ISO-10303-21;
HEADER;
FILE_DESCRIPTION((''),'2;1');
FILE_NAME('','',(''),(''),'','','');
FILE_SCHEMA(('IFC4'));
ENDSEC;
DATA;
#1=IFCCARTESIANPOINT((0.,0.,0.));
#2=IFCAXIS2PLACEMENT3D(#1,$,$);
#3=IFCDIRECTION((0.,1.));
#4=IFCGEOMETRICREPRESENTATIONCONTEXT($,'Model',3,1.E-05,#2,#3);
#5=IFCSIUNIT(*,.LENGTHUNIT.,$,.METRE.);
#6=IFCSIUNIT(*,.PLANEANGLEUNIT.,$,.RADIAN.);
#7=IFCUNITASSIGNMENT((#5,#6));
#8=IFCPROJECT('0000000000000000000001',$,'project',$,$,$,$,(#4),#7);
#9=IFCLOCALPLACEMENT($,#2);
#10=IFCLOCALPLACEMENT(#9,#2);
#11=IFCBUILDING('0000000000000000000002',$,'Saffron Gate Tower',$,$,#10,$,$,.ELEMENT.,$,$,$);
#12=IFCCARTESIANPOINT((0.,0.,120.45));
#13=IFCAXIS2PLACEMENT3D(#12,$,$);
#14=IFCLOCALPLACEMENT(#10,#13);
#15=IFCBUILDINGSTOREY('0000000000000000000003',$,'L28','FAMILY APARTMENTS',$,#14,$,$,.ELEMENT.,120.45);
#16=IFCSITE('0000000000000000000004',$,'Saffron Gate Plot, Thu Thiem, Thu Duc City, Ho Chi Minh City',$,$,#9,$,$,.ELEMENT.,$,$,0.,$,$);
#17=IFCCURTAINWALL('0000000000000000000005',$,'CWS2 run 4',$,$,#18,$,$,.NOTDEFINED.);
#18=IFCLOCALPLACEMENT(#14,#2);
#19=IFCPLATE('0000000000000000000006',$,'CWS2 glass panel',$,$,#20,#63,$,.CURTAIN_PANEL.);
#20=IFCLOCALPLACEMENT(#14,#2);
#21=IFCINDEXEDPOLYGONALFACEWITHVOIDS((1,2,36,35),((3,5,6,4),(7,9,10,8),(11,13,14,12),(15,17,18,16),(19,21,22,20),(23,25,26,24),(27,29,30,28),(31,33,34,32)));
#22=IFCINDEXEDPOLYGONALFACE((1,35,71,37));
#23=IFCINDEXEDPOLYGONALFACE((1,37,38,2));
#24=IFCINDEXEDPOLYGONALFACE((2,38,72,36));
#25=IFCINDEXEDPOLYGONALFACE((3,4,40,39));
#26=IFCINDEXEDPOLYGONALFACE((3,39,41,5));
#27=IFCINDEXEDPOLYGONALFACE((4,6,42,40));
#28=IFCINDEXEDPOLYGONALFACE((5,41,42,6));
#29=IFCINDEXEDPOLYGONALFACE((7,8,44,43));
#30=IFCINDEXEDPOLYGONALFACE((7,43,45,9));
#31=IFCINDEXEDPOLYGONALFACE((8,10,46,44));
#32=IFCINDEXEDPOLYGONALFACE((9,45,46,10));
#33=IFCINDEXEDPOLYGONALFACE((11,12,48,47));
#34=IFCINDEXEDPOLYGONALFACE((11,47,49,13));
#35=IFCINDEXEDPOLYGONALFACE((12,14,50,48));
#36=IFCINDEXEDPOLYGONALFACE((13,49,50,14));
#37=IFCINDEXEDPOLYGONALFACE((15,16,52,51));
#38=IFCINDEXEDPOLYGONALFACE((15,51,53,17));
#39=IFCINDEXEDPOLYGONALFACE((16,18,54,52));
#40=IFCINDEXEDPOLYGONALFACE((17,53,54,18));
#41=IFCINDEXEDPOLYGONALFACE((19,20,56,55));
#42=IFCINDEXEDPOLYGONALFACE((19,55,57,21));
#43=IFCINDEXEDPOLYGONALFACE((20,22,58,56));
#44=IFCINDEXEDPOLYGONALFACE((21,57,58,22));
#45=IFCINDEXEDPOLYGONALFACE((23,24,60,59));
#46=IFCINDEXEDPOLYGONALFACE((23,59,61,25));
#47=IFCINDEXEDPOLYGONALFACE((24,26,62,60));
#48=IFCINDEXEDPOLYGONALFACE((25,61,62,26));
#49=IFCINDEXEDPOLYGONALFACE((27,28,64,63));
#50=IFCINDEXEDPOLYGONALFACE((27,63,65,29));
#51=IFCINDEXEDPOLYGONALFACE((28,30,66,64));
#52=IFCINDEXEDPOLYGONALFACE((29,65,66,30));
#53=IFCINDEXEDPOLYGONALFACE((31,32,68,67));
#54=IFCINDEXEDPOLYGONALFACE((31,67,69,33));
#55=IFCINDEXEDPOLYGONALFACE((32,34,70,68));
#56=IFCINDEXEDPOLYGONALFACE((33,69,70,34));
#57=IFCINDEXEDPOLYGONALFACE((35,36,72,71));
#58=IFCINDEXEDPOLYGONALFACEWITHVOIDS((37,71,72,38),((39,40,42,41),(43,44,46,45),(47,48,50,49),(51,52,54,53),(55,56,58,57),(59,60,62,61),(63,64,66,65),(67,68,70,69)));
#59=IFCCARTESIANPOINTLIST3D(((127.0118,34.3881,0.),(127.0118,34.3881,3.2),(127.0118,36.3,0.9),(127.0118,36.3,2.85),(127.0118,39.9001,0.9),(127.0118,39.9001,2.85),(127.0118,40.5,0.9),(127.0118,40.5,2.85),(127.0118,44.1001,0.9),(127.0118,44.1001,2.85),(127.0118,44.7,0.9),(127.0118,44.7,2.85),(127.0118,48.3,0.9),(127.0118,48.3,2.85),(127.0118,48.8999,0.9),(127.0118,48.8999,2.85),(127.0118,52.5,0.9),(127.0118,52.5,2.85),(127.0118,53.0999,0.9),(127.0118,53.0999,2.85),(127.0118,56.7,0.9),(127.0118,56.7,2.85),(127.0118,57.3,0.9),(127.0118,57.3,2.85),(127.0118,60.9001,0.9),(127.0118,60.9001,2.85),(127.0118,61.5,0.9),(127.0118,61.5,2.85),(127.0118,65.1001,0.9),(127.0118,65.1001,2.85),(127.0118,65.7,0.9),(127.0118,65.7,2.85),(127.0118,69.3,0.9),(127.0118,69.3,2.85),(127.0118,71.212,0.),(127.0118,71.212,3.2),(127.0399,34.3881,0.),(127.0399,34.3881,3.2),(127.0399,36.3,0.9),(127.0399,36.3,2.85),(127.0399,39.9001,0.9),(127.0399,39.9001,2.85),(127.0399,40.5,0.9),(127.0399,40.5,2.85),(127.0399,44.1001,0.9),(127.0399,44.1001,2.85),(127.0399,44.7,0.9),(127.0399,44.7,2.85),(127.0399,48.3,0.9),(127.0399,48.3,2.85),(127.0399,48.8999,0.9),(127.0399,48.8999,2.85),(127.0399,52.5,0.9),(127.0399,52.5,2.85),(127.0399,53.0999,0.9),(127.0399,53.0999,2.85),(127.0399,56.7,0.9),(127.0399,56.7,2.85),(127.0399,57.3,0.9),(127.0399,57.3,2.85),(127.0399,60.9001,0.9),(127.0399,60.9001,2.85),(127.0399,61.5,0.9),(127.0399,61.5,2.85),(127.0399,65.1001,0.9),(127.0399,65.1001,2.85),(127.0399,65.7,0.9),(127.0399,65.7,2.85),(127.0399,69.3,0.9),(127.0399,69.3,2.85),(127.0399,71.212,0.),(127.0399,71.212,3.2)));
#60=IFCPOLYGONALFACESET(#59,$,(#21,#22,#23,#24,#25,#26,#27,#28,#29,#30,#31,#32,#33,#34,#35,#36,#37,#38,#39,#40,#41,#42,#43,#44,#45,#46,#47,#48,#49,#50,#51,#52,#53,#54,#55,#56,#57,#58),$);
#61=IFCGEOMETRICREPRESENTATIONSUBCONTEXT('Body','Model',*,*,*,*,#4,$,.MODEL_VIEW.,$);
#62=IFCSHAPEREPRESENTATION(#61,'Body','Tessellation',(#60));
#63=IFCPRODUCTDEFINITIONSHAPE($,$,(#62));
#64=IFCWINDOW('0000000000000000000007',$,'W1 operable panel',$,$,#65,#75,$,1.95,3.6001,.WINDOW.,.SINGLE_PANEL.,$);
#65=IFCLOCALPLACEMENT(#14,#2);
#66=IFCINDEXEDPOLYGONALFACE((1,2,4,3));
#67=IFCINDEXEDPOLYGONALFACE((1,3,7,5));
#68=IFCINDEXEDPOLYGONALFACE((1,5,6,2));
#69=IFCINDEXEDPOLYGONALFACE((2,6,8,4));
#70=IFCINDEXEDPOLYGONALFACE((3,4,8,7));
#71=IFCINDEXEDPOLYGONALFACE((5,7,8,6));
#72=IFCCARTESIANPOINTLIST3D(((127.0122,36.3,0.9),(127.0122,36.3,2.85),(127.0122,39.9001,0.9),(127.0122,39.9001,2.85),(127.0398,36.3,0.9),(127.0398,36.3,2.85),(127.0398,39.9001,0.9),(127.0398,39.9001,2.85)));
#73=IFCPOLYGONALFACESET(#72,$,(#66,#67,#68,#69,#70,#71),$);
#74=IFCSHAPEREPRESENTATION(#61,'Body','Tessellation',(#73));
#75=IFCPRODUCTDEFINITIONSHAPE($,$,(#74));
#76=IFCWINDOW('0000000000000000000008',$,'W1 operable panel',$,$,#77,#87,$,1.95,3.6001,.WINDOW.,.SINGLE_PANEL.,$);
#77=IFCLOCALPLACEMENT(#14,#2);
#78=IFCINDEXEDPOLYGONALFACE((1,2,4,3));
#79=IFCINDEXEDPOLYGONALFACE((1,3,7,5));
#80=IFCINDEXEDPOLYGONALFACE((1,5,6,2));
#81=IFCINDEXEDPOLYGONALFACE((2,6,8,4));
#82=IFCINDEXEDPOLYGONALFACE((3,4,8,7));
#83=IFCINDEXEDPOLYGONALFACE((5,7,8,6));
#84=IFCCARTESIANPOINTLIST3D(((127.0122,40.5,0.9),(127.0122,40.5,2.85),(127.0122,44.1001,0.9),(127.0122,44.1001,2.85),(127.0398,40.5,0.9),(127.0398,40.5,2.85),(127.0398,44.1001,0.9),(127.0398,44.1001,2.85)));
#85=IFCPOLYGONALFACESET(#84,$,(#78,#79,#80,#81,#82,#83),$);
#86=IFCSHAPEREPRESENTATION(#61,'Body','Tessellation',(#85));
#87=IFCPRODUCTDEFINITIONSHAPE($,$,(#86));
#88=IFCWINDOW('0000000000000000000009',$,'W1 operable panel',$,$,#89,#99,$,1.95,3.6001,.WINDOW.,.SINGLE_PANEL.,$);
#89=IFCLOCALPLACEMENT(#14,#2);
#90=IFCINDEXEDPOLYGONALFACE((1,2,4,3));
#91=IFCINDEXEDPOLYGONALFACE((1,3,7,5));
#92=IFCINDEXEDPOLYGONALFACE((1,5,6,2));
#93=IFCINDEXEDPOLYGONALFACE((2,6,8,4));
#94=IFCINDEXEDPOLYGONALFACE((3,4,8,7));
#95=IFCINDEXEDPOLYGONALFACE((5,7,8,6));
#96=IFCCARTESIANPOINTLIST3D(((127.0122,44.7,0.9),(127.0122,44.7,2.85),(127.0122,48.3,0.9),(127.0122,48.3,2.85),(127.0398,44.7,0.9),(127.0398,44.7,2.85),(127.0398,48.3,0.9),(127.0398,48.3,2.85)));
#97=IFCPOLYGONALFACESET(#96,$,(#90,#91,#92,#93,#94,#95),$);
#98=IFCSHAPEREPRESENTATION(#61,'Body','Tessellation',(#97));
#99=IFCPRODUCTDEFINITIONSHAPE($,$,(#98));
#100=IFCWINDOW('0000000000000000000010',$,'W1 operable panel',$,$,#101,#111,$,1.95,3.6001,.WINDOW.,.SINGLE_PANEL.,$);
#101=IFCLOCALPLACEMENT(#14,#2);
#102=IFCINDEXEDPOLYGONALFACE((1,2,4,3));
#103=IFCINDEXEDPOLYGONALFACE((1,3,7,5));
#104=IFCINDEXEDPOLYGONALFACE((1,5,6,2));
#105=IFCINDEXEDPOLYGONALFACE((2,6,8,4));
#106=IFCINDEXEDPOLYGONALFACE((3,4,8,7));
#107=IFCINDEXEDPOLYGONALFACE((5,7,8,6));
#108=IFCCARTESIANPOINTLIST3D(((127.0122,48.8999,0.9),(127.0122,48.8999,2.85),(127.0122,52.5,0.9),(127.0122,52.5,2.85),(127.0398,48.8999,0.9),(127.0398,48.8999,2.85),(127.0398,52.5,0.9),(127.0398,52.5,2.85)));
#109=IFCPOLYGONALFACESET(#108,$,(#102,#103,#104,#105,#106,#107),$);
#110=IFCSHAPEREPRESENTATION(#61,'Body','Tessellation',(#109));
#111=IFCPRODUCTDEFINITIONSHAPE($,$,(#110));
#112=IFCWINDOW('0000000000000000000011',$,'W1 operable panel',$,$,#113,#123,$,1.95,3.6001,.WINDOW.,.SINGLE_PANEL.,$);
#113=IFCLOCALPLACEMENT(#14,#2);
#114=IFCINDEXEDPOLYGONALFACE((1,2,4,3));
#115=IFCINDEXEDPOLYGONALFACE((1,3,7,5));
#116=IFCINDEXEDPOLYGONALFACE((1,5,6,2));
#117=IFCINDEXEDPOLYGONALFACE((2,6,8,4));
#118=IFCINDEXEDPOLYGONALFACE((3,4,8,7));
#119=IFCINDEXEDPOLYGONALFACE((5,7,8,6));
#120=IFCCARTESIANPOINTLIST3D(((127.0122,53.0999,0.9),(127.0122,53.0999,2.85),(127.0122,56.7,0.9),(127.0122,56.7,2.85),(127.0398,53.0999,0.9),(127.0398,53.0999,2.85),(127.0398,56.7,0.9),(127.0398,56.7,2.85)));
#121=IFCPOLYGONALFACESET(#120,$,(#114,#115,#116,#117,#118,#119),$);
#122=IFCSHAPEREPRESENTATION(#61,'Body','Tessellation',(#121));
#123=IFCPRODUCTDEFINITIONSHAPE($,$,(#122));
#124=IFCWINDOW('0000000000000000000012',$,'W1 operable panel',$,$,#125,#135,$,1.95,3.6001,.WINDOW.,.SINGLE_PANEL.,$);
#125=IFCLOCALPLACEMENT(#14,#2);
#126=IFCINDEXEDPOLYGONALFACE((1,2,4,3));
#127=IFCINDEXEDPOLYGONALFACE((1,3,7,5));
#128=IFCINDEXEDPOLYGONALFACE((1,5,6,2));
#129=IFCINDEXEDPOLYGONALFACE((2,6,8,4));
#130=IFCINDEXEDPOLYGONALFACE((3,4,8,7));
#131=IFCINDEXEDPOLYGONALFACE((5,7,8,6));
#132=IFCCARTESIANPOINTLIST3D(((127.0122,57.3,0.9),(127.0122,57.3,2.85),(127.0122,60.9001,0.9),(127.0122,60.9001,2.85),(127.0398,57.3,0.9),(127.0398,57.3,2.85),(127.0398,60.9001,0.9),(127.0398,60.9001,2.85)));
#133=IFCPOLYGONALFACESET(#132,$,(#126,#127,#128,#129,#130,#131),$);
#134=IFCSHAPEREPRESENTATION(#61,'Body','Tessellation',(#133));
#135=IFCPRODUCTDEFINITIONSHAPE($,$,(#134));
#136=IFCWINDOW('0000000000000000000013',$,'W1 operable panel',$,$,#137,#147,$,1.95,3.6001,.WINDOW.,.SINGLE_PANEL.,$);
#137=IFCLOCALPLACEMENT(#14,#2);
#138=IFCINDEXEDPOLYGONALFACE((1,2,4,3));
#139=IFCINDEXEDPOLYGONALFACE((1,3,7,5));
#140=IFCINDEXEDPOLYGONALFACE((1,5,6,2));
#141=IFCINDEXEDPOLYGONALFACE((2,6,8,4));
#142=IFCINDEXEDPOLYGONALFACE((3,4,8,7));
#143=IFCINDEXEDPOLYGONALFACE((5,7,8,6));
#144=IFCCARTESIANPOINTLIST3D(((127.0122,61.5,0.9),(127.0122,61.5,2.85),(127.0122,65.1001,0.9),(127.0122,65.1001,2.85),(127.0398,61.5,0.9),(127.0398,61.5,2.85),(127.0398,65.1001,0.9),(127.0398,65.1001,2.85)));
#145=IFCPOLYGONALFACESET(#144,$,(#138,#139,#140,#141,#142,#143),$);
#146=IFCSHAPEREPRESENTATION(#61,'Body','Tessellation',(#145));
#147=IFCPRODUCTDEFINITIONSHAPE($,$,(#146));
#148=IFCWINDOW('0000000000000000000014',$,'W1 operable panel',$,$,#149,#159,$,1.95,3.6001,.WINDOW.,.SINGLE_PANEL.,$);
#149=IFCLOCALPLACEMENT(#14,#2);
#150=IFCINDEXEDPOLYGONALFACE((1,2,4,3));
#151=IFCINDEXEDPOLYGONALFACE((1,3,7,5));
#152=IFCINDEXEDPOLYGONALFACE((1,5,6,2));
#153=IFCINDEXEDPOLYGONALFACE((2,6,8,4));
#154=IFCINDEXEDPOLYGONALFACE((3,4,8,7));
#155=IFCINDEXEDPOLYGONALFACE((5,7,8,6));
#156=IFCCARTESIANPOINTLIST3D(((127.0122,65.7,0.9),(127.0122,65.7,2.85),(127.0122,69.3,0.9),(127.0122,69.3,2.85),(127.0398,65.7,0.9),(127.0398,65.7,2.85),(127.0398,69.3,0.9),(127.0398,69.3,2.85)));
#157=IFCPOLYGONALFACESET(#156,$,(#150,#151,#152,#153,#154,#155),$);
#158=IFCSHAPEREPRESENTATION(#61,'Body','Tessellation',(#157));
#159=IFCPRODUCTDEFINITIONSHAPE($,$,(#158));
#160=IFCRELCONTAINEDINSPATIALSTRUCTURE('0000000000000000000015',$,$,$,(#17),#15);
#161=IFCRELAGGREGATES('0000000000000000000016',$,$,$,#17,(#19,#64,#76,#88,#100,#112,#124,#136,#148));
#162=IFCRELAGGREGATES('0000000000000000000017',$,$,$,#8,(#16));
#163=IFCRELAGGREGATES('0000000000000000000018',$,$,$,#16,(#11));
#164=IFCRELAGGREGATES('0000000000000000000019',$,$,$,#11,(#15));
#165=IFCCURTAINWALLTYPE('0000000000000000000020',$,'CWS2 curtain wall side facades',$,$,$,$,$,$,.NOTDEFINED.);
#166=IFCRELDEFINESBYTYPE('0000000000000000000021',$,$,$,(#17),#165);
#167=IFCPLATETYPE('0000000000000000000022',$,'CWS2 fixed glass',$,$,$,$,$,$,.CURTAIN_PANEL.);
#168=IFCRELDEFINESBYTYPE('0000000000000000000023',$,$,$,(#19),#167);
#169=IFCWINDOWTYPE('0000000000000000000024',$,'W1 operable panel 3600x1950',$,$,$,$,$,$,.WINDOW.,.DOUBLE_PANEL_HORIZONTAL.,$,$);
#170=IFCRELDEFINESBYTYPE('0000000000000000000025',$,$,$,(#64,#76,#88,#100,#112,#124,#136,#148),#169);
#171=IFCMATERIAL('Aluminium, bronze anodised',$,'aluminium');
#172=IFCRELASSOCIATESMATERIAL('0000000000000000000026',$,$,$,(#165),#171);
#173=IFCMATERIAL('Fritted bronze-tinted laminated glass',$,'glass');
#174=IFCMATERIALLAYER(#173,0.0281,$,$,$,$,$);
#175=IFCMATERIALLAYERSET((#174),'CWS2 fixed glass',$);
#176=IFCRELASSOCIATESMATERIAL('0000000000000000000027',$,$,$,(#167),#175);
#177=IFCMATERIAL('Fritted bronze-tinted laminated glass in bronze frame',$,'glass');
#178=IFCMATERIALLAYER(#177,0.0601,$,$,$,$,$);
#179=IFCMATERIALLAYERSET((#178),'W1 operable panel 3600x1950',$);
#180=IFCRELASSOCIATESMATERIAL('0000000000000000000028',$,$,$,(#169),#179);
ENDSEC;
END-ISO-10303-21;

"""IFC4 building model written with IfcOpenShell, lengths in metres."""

from ifc_helpers import new_model, si_unit, direction, frame, frame_2d, origin, place, context, subcontext, project, spatial, rectangle, extrude, material, layer, layer_set, type_object, element, fill, aggregate, save


model = new_model("IFC4")

# Units and contexts
model_context = context("Model", 3, precision=1e-05, world=origin(), true_north=direction((0.0, 1.0)))
body_context = subcontext(model_context, "Body", "Model", "MODEL_VIEW")
ifc_project = project(units=[si_unit("LENGTHUNIT", "METRE"), si_unit("PLANEANGLEUNIT", "RADIAN")], contexts=[model_context])

# Site, building, storey
site_placement = place(None, origin())
site = spatial("IfcSite", under=ifc_project, at=site_placement, Name="Saffron Gate Plot, Thu Thiem, Thu Duc City, Ho Chi Minh City", CompositionType="ELEMENT", RefElevation=0.0)
building_placement = place(site_placement, origin())
building = spatial("IfcBuilding", under=site, at=building_placement, Name="Saffron Gate Tower", CompositionType="ELEMENT")
storey_placement = place(building_placement, frame((0.0, 0.0, 120.45)))
storey = spatial("IfcBuildingStorey", under=building, at=storey_placement, Name="L28", Description="FAMILY APARTMENTS", CompositionType="ELEMENT", Elevation=120.45)

# Curtain wall
ifc_material_1 = material(Name="Aluminium, bronze anodised", Category="aluminium")
curtain_wall_type_1 = type_object("IfcCurtainWallType", Name="CWS2 curtain wall side facades", PredefinedType="NOTDEFINED", material=ifc_material_1)
curtain_wall_1_placement = place(storey_placement, origin())
curtain_wall_1 = element("IfcCurtainWall", 1, at=curtain_wall_1_placement, inside=storey, type_object=curtain_wall_type_1, Name="CWS2 run 4", PredefinedType="NOTDEFINED")

# Plate, openings, windows
ifc_material_2 = material(Name="Fritted bronze-tinted laminated glass", Category="glass")
ifc_layer_1 = layer(ifc_material_2, 0.0281)
ifc_layer_set_1 = layer_set([ifc_layer_1], Name="CWS2 fixed glass")
plate_type_1 = type_object("IfcPlateType", Name="CWS2 fixed glass", PredefinedType="CURTAIN_PANEL", material=ifc_layer_set_1)
plate_1_placement = place(storey_placement, frame((127.0259, 34.3879, 0.0), z_axis=(0.0, 0.0, 1.0), x_axis=(0.0, 1.0, 0.0)))
plate_1 = element("IfcPlate", 2, at=plate_1_placement, type_object=plate_type_1, Name="CWS2 glass panel", PredefinedType="CURTAIN_PANEL", context=body_context, shape_type="SweptSolid", body=[
    extrude(rectangle(XDim=36.824, YDim=0.0281, at=frame_2d((18.4121, 0.0))), origin(), (0.0, 0.0, 1.0), 3.2),
])
opening_1_placement = place(plate_1_placement, frame((1.9121, 0.0, 0.8999)))
opening_1 = element("IfcOpeningElement", 3, at=opening_1_placement, cuts=plate_1, PredefinedType="OPENING", context=body_context, shape_type="SweptSolid", body=[
    extrude(rectangle(XDim=3.6001, YDim=1.95, at=frame_2d((1.8, 0.9751))), frame((0.0, 0.0239, 0.0), z_axis=(0.0, -1.0, 0.0), x_axis=(1.0, 0.0, 0.0)), (0.0, 0.0, 1.0), 0.0481),
])
opening_2_placement = place(plate_1_placement, frame((6.1121, 0.0, 0.8999)))
opening_2 = element("IfcOpeningElement", 4, at=opening_2_placement, cuts=plate_1, PredefinedType="OPENING", context=body_context, shape_type="SweptSolid", body=[
    extrude(rectangle(XDim=3.6001, YDim=1.95, at=frame_2d((1.8, 0.9751))), frame((0.0, 0.0239, 0.0), z_axis=(0.0, -1.0, 0.0), x_axis=(1.0, 0.0, 0.0)), (0.0, 0.0, 1.0), 0.0481),
])
opening_3_placement = place(plate_1_placement, frame((10.312, 0.0, 0.8999)))
opening_3 = element("IfcOpeningElement", 5, at=opening_3_placement, cuts=plate_1, PredefinedType="OPENING", context=body_context, shape_type="SweptSolid", body=[
    extrude(rectangle(XDim=3.6001, YDim=1.95, at=frame_2d((1.8, 0.9751))), frame((0.0, 0.0239, 0.0), z_axis=(0.0, -1.0, 0.0), x_axis=(1.0, 0.0, 0.0)), (0.0, 0.0, 1.0), 0.0481),
])
opening_4_placement = place(plate_1_placement, frame((14.512, 0.0, 0.8999)))
opening_4 = element("IfcOpeningElement", 6, at=opening_4_placement, cuts=plate_1, PredefinedType="OPENING", context=body_context, shape_type="SweptSolid", body=[
    extrude(rectangle(XDim=3.6001, YDim=1.95, at=frame_2d((1.8, 0.9751))), frame((0.0, 0.0239, 0.0), z_axis=(0.0, -1.0, 0.0), x_axis=(1.0, 0.0, 0.0)), (0.0, 0.0, 1.0), 0.0481),
])
opening_5_placement = place(plate_1_placement, frame((18.7119, 0.0, 0.8999)))
opening_5 = element("IfcOpeningElement", 7, at=opening_5_placement, cuts=plate_1, PredefinedType="OPENING", context=body_context, shape_type="SweptSolid", body=[
    extrude(rectangle(XDim=3.6001, YDim=1.95, at=frame_2d((1.8, 0.9751))), frame((0.0, 0.0239, 0.0), z_axis=(0.0, -1.0, 0.0), x_axis=(1.0, 0.0, 0.0)), (0.0, 0.0, 1.0), 0.0481),
])
opening_6_placement = place(plate_1_placement, frame((22.9121, 0.0, 0.8999)))
opening_6 = element("IfcOpeningElement", 8, at=opening_6_placement, cuts=plate_1, PredefinedType="OPENING", context=body_context, shape_type="SweptSolid", body=[
    extrude(rectangle(XDim=3.6001, YDim=1.95, at=frame_2d((1.8, 0.9751))), frame((0.0, 0.0239, 0.0), z_axis=(0.0, -1.0, 0.0), x_axis=(1.0, 0.0, 0.0)), (0.0, 0.0, 1.0), 0.0481),
])
opening_7_placement = place(plate_1_placement, frame((27.1121, 0.0, 0.8999)))
opening_7 = element("IfcOpeningElement", 9, at=opening_7_placement, cuts=plate_1, PredefinedType="OPENING", context=body_context, shape_type="SweptSolid", body=[
    extrude(rectangle(XDim=3.6001, YDim=1.95, at=frame_2d((1.8, 0.9751))), frame((0.0, 0.0239, 0.0), z_axis=(0.0, -1.0, 0.0), x_axis=(1.0, 0.0, 0.0)), (0.0, 0.0, 1.0), 0.0481),
])
opening_8_placement = place(plate_1_placement, frame((31.312, 0.0, 0.8999)))
opening_8 = element("IfcOpeningElement", 10, at=opening_8_placement, cuts=plate_1, PredefinedType="OPENING", context=body_context, shape_type="SweptSolid", body=[
    extrude(rectangle(XDim=3.6001, YDim=1.95, at=frame_2d((1.8, 0.9751))), frame((0.0, 0.0239, 0.0), z_axis=(0.0, -1.0, 0.0), x_axis=(1.0, 0.0, 0.0)), (0.0, 0.0, 1.0), 0.0481),
])
ifc_material_3 = material(Name="Fritted bronze-tinted laminated glass in bronze frame", Category="glass")
ifc_layer_2 = layer(ifc_material_3, 0.0601)
ifc_layer_set_2 = layer_set([ifc_layer_2], Name="W1 operable panel 3600x1950")
window_type = type_object("IfcWindowType", Name="W1 operable panel 3600x1950", PartitioningType="DOUBLE_PANEL_HORIZONTAL", PredefinedType="WINDOW", material=ifc_layer_set_2)
window_1_placement = place(opening_1_placement, origin())
window_1 = element("IfcWindow", 11, at=window_1_placement, type_object=window_type, Name="W1 operable panel", OverallHeight=1.95, OverallWidth=3.6001, PartitioningType="SINGLE_PANEL", PredefinedType="WINDOW", context=body_context, shape_type="SweptSolid", body=[
    extrude(rectangle(XDim=3.6001, YDim=1.95, at=frame_2d((1.8, 0.9751))), frame((0.0, 0.0137, 0.0), z_axis=(0.0, -1.0, 0.0), x_axis=(1.0, 0.0, 0.0)), (0.0, 0.0, 1.0), 0.0276),
])
fill(opening_1, window_1)
window_2_placement = place(opening_2_placement, origin())
window_2 = element("IfcWindow", 12, at=window_2_placement, type_object=window_type, Name="W1 operable panel", OverallHeight=1.95, OverallWidth=3.6001, PartitioningType="SINGLE_PANEL", PredefinedType="WINDOW", context=body_context, shape_type="SweptSolid", body=[
    extrude(rectangle(XDim=3.6001, YDim=1.95, at=frame_2d((1.8, 0.9751))), frame((0.0, 0.0137, 0.0), z_axis=(0.0, -1.0, 0.0), x_axis=(1.0, 0.0, 0.0)), (0.0, 0.0, 1.0), 0.0276),
])
fill(opening_2, window_2)
window_3_placement = place(opening_3_placement, origin())
window_3 = element("IfcWindow", 13, at=window_3_placement, type_object=window_type, Name="W1 operable panel", OverallHeight=1.95, OverallWidth=3.6001, PartitioningType="SINGLE_PANEL", PredefinedType="WINDOW", context=body_context, shape_type="SweptSolid", body=[
    extrude(rectangle(XDim=3.6001, YDim=1.95, at=frame_2d((1.8, 0.9751))), frame((0.0, 0.0137, 0.0), z_axis=(0.0, -1.0, 0.0), x_axis=(1.0, 0.0, 0.0)), (0.0, 0.0, 1.0), 0.0276),
])
fill(opening_3, window_3)
window_4_placement = place(opening_4_placement, origin())
window_4 = element("IfcWindow", 14, at=window_4_placement, type_object=window_type, Name="W1 operable panel", OverallHeight=1.95, OverallWidth=3.6001, PartitioningType="SINGLE_PANEL", PredefinedType="WINDOW", context=body_context, shape_type="SweptSolid", body=[
    extrude(rectangle(XDim=3.6001, YDim=1.95, at=frame_2d((1.8, 0.9751))), frame((0.0, 0.0137, 0.0), z_axis=(0.0, -1.0, 0.0), x_axis=(1.0, 0.0, 0.0)), (0.0, 0.0, 1.0), 0.0276),
])
fill(opening_4, window_4)
window_5_placement = place(opening_5_placement, origin())
window_5 = element("IfcWindow", 15, at=window_5_placement, type_object=window_type, Name="W1 operable panel", OverallHeight=1.95, OverallWidth=3.6001, PartitioningType="SINGLE_PANEL", PredefinedType="WINDOW", context=body_context, shape_type="SweptSolid", body=[
    extrude(rectangle(XDim=3.6001, YDim=1.95, at=frame_2d((1.8, 0.9751))), frame((0.0, 0.0137, 0.0), z_axis=(0.0, -1.0, 0.0), x_axis=(1.0, 0.0, 0.0)), (0.0, 0.0, 1.0), 0.0276),
])
fill(opening_5, window_5)
window_6_placement = place(opening_6_placement, origin())
window_6 = element("IfcWindow", 16, at=window_6_placement, type_object=window_type, Name="W1 operable panel", OverallHeight=1.95, OverallWidth=3.6001, PartitioningType="SINGLE_PANEL", PredefinedType="WINDOW", context=body_context, shape_type="SweptSolid", body=[
    extrude(rectangle(XDim=3.6001, YDim=1.95, at=frame_2d((1.8, 0.9751))), frame((0.0, 0.0137, 0.0), z_axis=(0.0, -1.0, 0.0), x_axis=(1.0, 0.0, 0.0)), (0.0, 0.0, 1.0), 0.0276),
])
fill(opening_6, window_6)
window_7_placement = place(opening_7_placement, origin())
window_7 = element("IfcWindow", 17, at=window_7_placement, type_object=window_type, Name="W1 operable panel", OverallHeight=1.95, OverallWidth=3.6001, PartitioningType="SINGLE_PANEL", PredefinedType="WINDOW", context=body_context, shape_type="SweptSolid", body=[
    extrude(rectangle(XDim=3.6001, YDim=1.95, at=frame_2d((1.8, 0.9751))), frame((0.0, 0.0137, 0.0), z_axis=(0.0, -1.0, 0.0), x_axis=(1.0, 0.0, 0.0)), (0.0, 0.0, 1.0), 0.0276),
])
fill(opening_7, window_7)
window_8_placement = place(opening_8_placement, origin())
window_8 = element("IfcWindow", 18, at=window_8_placement, type_object=window_type, Name="W1 operable panel", OverallHeight=1.95, OverallWidth=3.6001, PartitioningType="SINGLE_PANEL", PredefinedType="WINDOW", context=body_context, shape_type="SweptSolid", body=[
    extrude(rectangle(XDim=3.6001, YDim=1.95, at=frame_2d((1.8, 0.9751))), frame((0.0, 0.0137, 0.0), z_axis=(0.0, -1.0, 0.0), x_axis=(1.0, 0.0, 0.0)), (0.0, 0.0, 1.0), 0.0276),
])
fill(opening_8, window_8)
aggregate(curtain_wall_1, [plate_1, window_1, window_2, window_3, window_4, window_5, window_6, window_7, window_8])

save(model, "model.ifc")
